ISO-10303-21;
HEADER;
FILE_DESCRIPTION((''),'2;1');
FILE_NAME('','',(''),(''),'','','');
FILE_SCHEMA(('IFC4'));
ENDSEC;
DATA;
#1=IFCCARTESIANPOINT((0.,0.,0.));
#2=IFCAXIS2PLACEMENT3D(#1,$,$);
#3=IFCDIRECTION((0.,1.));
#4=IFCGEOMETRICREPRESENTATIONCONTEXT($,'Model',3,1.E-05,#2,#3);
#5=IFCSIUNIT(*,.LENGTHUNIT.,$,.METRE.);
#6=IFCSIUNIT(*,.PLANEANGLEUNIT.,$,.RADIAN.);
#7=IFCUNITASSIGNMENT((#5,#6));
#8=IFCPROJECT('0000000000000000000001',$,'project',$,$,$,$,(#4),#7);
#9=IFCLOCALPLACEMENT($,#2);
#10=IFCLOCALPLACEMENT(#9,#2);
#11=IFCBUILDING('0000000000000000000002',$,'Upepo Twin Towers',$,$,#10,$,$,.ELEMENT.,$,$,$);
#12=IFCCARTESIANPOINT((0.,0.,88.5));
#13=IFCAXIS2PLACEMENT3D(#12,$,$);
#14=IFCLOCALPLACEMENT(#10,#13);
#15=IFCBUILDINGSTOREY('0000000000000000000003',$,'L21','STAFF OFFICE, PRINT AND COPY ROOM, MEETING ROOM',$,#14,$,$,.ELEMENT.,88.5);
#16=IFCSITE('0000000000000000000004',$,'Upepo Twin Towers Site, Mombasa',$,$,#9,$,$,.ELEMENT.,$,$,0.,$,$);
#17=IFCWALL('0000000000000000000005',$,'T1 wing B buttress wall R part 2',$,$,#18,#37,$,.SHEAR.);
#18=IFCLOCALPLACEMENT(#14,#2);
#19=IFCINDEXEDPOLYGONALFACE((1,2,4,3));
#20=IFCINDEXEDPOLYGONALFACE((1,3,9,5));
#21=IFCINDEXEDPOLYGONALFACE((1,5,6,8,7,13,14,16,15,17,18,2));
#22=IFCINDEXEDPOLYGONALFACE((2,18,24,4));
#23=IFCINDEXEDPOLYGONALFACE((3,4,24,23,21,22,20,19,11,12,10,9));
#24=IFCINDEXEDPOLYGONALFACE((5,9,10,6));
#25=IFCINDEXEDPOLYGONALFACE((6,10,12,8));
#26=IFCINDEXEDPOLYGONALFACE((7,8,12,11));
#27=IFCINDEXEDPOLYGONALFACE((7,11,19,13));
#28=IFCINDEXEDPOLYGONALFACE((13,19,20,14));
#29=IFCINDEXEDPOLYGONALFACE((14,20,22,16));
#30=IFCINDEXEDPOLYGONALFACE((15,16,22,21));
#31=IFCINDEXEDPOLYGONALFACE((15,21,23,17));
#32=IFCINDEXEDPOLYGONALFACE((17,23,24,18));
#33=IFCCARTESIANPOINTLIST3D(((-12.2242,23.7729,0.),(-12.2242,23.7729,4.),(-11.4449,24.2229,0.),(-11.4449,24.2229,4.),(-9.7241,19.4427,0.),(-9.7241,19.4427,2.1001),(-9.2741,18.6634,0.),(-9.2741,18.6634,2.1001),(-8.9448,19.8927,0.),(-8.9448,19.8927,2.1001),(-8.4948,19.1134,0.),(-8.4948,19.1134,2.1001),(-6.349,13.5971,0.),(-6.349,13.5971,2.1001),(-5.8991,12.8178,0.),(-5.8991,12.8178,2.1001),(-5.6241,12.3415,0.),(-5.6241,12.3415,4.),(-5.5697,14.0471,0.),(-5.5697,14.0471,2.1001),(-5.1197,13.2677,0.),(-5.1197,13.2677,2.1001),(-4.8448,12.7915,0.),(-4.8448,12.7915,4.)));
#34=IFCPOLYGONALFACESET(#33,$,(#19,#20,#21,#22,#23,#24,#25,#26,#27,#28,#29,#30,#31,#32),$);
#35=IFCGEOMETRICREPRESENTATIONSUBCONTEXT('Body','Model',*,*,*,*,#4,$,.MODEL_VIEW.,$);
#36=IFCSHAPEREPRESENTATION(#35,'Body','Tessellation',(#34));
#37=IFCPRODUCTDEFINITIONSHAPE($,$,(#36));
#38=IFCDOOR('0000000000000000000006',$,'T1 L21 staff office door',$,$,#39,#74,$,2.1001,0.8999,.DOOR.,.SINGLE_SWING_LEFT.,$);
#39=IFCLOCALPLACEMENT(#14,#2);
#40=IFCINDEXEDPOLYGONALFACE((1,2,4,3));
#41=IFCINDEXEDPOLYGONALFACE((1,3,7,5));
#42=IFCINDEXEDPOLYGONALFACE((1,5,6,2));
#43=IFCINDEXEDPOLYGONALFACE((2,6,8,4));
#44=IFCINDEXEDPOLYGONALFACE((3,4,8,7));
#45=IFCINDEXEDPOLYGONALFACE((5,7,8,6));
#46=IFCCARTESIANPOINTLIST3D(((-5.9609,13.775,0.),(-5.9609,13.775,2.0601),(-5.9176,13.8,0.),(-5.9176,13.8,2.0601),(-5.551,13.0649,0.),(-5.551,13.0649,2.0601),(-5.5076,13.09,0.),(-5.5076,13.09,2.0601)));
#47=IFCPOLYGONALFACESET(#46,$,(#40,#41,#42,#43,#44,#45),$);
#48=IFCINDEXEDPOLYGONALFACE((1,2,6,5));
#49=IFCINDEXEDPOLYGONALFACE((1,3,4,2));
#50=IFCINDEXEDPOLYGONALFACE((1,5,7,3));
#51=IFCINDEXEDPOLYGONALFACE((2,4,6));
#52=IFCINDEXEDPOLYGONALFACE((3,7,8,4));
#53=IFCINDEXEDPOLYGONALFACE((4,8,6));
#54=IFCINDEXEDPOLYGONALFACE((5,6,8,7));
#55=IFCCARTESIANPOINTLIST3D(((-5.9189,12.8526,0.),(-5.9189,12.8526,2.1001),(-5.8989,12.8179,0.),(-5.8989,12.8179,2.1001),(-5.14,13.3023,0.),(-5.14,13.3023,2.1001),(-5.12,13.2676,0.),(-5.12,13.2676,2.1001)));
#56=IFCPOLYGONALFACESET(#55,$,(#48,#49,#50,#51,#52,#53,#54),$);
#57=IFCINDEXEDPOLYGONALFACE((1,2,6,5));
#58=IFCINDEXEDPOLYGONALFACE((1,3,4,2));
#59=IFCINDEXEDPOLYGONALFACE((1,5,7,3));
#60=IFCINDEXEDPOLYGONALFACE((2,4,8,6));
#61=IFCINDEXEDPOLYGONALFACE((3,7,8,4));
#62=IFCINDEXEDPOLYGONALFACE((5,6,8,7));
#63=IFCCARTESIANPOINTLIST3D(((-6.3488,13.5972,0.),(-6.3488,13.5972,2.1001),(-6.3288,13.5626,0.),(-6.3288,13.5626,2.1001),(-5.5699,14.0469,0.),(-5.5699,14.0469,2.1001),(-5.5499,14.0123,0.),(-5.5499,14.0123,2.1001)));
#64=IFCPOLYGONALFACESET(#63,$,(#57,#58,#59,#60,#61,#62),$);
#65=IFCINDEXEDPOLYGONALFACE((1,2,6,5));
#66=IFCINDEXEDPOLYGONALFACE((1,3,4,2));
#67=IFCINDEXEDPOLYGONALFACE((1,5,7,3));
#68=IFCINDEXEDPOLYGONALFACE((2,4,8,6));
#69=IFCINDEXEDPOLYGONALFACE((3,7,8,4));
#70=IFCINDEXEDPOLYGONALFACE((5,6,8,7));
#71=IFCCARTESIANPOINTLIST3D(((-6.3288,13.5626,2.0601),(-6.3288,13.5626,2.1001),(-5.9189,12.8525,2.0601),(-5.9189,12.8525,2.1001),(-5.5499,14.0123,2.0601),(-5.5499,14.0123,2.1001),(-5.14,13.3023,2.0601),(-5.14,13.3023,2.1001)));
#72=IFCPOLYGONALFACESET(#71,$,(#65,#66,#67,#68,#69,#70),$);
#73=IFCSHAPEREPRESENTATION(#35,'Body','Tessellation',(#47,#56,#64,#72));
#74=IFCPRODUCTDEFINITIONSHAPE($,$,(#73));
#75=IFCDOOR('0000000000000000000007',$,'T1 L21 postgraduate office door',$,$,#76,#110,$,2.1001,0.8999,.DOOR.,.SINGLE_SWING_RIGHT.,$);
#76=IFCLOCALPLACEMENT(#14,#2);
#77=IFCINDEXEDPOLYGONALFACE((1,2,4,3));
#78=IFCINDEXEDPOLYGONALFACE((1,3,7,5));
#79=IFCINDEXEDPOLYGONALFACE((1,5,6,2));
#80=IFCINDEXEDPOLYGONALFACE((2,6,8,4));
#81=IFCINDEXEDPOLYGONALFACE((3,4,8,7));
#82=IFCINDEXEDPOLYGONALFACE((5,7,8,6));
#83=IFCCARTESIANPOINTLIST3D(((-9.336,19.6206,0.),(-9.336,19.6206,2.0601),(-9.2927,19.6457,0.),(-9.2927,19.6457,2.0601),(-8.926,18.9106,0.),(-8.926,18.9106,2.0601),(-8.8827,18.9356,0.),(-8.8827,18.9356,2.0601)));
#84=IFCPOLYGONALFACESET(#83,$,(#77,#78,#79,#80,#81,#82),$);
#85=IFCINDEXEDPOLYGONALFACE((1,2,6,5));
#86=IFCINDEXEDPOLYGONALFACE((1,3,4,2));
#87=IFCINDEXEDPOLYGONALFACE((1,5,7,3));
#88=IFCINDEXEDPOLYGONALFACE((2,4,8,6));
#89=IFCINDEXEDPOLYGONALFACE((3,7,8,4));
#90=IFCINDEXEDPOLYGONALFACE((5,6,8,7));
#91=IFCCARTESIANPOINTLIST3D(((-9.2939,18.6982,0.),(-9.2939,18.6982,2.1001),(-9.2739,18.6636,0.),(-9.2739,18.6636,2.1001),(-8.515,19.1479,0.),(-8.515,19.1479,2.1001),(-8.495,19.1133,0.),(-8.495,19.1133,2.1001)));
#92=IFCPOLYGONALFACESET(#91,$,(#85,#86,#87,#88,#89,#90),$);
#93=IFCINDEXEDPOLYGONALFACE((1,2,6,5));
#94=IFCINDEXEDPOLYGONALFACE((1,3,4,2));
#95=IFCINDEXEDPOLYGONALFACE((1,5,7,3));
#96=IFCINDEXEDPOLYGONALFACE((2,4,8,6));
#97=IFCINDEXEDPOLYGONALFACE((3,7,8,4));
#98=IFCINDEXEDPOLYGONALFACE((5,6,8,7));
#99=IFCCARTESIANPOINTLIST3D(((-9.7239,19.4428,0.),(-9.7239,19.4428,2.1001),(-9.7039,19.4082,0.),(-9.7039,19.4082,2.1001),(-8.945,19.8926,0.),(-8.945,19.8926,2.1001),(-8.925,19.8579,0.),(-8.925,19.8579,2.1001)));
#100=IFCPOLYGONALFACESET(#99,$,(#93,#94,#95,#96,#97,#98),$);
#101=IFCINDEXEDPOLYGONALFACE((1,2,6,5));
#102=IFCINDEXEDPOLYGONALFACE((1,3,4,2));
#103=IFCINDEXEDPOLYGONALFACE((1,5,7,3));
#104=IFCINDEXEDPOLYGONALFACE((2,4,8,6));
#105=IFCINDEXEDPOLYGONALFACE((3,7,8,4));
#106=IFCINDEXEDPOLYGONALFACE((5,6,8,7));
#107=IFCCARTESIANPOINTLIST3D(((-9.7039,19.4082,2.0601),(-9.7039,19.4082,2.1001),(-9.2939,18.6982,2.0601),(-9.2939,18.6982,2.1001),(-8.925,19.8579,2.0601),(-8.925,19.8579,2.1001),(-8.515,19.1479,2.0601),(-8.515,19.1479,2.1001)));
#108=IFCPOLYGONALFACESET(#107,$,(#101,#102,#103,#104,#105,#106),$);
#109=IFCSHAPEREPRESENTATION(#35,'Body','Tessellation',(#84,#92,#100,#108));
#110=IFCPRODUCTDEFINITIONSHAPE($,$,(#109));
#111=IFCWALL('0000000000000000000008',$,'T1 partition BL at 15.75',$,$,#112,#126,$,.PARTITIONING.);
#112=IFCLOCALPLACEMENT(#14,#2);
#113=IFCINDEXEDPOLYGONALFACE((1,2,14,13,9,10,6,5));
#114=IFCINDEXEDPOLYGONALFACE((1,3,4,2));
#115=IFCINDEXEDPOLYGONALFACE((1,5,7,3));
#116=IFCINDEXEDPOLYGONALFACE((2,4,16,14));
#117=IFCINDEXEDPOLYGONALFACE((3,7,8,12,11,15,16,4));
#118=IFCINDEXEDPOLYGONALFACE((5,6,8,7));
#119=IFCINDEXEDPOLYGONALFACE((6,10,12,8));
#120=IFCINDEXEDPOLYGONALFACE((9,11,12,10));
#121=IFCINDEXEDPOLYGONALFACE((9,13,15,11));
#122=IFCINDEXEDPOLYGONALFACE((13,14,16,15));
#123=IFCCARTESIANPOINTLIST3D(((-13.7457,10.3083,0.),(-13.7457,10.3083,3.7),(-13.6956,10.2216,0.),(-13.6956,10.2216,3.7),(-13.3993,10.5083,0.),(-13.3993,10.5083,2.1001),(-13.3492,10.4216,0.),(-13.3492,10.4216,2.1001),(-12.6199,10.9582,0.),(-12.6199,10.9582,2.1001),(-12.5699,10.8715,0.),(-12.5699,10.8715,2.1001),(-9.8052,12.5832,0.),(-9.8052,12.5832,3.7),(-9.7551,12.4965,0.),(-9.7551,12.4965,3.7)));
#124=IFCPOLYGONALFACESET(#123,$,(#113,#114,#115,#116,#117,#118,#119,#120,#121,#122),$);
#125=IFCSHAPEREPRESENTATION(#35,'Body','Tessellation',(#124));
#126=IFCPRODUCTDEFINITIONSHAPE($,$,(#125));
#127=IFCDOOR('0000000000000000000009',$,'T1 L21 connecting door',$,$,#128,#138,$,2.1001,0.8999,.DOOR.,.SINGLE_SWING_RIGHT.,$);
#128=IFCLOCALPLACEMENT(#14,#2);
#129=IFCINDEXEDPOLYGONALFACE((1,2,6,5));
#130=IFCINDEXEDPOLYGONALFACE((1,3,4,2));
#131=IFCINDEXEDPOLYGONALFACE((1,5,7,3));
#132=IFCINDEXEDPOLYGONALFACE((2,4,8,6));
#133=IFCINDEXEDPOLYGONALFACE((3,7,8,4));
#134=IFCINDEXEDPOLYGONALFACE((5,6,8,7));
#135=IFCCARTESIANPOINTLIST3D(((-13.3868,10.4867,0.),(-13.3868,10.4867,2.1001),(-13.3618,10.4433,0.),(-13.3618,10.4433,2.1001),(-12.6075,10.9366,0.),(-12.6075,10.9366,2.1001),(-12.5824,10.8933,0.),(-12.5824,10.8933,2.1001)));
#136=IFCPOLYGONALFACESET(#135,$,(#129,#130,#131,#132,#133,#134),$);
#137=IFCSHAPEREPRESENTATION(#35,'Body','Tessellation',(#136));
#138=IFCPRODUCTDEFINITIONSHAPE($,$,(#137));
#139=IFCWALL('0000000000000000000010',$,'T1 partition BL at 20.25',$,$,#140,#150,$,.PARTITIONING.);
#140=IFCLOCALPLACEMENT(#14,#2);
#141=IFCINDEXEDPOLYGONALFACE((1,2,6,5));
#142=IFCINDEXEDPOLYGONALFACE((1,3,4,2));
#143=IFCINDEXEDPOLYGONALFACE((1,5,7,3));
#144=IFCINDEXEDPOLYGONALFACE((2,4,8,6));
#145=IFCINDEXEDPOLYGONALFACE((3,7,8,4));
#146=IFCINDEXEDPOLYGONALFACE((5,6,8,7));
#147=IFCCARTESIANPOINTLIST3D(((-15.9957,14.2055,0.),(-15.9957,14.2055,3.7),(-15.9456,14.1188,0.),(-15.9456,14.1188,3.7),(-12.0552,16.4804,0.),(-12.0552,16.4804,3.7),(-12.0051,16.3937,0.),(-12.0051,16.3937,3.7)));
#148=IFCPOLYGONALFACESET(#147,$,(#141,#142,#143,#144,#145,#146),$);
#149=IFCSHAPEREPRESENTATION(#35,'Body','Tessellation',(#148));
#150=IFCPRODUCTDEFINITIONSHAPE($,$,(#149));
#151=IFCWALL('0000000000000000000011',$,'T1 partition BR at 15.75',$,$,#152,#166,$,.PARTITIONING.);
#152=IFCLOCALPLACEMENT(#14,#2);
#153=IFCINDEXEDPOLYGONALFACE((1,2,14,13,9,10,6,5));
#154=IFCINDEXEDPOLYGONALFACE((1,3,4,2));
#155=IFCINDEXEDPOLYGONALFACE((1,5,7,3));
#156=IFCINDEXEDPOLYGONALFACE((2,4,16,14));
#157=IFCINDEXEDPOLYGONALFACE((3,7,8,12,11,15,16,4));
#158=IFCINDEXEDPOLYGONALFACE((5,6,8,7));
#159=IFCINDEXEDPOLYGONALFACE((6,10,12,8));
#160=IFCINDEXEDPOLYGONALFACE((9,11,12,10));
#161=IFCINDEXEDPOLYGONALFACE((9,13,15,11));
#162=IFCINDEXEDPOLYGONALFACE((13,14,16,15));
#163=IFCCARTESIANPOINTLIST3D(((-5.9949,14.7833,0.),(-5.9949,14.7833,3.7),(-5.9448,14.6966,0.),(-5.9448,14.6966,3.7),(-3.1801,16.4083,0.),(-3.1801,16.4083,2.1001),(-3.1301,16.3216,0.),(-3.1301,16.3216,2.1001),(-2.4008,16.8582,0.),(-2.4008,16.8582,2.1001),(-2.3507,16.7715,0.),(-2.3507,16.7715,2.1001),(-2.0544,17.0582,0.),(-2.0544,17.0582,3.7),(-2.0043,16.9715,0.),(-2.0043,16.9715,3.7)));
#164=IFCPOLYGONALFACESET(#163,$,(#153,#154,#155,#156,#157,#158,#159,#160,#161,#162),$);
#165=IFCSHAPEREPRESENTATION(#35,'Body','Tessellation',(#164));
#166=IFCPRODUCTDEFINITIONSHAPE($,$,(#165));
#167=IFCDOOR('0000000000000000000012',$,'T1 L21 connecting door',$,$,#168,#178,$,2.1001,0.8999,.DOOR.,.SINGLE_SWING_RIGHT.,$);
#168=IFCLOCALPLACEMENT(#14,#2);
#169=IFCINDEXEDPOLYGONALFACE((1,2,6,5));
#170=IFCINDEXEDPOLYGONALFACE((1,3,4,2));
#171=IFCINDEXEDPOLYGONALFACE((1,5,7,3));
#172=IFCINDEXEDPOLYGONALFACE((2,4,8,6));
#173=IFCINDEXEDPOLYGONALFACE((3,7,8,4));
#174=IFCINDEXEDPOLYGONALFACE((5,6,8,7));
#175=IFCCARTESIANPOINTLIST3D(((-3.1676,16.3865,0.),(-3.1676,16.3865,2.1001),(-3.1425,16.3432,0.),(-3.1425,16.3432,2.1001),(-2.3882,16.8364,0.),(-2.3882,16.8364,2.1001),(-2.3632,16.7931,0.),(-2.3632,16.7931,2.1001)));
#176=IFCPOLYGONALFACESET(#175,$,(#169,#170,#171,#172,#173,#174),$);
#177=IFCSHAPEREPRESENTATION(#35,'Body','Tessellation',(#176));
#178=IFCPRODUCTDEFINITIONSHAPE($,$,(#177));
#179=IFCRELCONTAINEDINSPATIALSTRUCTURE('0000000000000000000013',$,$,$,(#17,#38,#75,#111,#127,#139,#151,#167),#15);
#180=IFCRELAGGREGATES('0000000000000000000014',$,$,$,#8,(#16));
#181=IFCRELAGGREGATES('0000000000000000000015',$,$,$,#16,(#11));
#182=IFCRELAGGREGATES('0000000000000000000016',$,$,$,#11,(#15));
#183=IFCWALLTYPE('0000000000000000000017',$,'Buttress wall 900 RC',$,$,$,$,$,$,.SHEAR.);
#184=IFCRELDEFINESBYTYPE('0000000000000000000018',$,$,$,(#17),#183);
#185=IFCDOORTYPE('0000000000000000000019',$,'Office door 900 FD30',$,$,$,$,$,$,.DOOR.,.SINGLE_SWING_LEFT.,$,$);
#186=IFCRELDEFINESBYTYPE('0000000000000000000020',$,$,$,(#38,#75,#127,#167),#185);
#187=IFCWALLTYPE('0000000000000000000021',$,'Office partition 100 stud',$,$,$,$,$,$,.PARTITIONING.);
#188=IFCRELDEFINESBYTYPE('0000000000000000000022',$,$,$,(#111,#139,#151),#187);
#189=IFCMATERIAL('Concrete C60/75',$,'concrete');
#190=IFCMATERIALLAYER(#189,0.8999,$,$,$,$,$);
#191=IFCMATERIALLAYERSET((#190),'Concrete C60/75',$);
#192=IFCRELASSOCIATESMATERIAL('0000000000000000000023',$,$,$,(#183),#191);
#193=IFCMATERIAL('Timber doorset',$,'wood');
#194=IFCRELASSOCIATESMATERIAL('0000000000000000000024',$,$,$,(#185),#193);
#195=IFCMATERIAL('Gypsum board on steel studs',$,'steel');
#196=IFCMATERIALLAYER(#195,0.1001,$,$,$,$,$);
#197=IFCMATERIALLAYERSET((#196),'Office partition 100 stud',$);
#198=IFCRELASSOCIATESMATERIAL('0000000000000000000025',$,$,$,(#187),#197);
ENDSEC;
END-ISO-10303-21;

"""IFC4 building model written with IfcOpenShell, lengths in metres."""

from ifc_helpers import new_model, si_unit, direction, frame, frame_2d, origin, place, context, subcontext, project, spatial, rectangle, extrude, material, layer, layer_set, type_object, element, fill, save


model = new_model("IFC4")

# Units and contexts
model_context = context("Model", 3, precision=1e-05, world=origin(), true_north=direction((0.0, 1.0)))
body_context = subcontext(model_context, "Body", "Model", "MODEL_VIEW")
ifc_project = project(units=[si_unit("LENGTHUNIT", "METRE"), si_unit("PLANEANGLEUNIT", "RADIAN")], contexts=[model_context])

# Site, building, storey
site_placement = place(None, origin())
site = spatial("IfcSite", under=ifc_project, at=site_placement, Name="Upepo Twin Towers Site, Mombasa", CompositionType="ELEMENT", RefElevation=0.0)
building_placement = place(site_placement, origin())
building = spatial("IfcBuilding", under=site, at=building_placement, Name="Upepo Twin Towers", CompositionType="ELEMENT")
storey_placement = place(building_placement, frame((0.0, 0.0, 88.5)))
storey = spatial("IfcBuildingStorey", under=building, at=storey_placement, Name="L21", Description="STAFF OFFICE, PRINT AND COPY ROOM, MEETING ROOM", CompositionType="ELEMENT", Elevation=88.5)

# Wall, openings, doors
ifc_material_1 = material(Name="Concrete C60/75", Category="concrete")
ifc_layer_1 = layer(ifc_material_1, 0.8999)
ifc_layer_set_1 = layer_set([ifc_layer_1], Name="Concrete C60/75")
wall_type_1 = type_object("IfcWallType", Name="Buttress wall 900 RC", PredefinedType="SHEAR", material=ifc_layer_set_1)
ifc_material_2 = material(Name="Timber doorset", Category="wood")
door_type = type_object("IfcDoorType", Name="Office door 900 FD30", OperationType="SINGLE_SWING_LEFT", PredefinedType="DOOR", material=ifc_material_2)
wall_1_placement = place(storey_placement, frame((-5.2344, 12.5664, 0.0), z_axis=(0.0, 0.0, 1.0), x_axis=(-0.50001, 0.86602, 0.0)))
wall_1 = element("IfcWall", 1, at=wall_1_placement, inside=storey, type_object=wall_type_1, Name="T1 wing B buttress wall R part 2", PredefinedType="SHEAR", context=body_context, shape_type="SweptSolid", body=[
    extrude(rectangle(XDim=13.2, YDim=0.8999, at=frame_2d((6.6001, 0.0))), origin(), (0.0, 0.0, 1.0), 4.0),
])
opening_1_placement = place(wall_1_placement, frame((0.55, 0.0, 0.0)))
opening_1 = element("IfcOpeningElement", 2, at=opening_1_placement, cuts=wall_1, PredefinedType="OPENING", context=body_context, shape_type="SweptSolid", body=[
    extrude(rectangle(XDim=0.8999, YDim=2.1001, at=frame_2d((0.45, 1.05))), frame((0.0, 0.46, 0.0), z_axis=(0.0, -1.0, 0.0), x_axis=(1.0, 0.0, 0.0)), (0.0, 0.0, 1.0), 0.9199),
])
opening_2_placement = place(wall_1_placement, frame((7.3, 0.0, 0.0)))
opening_2 = element("IfcOpeningElement", 3, at=opening_2_placement, cuts=wall_1, PredefinedType="OPENING", context=body_context, shape_type="SweptSolid", body=[
    extrude(rectangle(XDim=0.8999, YDim=2.1001, at=frame_2d((0.45, 1.05))), frame((0.0, 0.46, 0.0), z_axis=(0.0, -1.0, 0.0), x_axis=(1.0, 0.0, 0.0)), (0.0, 0.0, 1.0), 0.9199),
])
door_1_placement = place(opening_1_placement, origin())
door_1 = element("IfcDoor", 4, at=door_1_placement, inside=storey, type_object=door_type, Name="T1 L21 staff office door", OperationType="SINGLE_SWING_LEFT", OverallHeight=2.1001, OverallWidth=0.8999, PredefinedType="DOOR", context=body_context, shape_type="SweptSolid", body=[
    extrude(rectangle(XDim=0.8199, YDim=2.0601, at=frame_2d((0.45, 1.03))), frame((0.0, 0.0249, 0.0), z_axis=(0.0, -1.0, 0.0), x_axis=(1.0, 0.0, 0.0)), (0.0, 0.0, 1.0), 0.05),
    extrude(rectangle(XDim=0.04, YDim=2.1001, at=frame_2d((0.02, 1.05))), frame((0.0, 0.4497, 0.0), z_axis=(0.0, -1.0, 0.0), x_axis=(1.0, 0.0, 0.0)), (0.0, 0.0, 1.0), 0.8994),
    extrude(rectangle(XDim=0.04, YDim=2.1001, at=frame_2d((0.8799, 1.05))), frame((0.0, 0.4497, 0.0), z_axis=(0.0, -1.0, 0.0), x_axis=(1.0, 0.0, 0.0)), (0.0, 0.0, 1.0), 0.8994),
    extrude(rectangle(XDim=0.8199, YDim=0.04, at=frame_2d((0.45, 2.0801))), frame((0.0, 0.4497, 0.0), z_axis=(0.0, -1.0, 0.0), x_axis=(1.0, 0.0, 0.0)), (0.0, 0.0, 1.0), 0.8994),
])
fill(opening_1, door_1)
door_2_placement = place(opening_2_placement, origin())
door_2 = element("IfcDoor", 5, at=door_2_placement, inside=storey, type_object=door_type, Name="T1 L21 postgraduate office door", OperationType="SINGLE_SWING_RIGHT", OverallHeight=2.1001, OverallWidth=0.8999, PredefinedType="DOOR", context=body_context, shape_type="SweptSolid", body=[
    extrude(rectangle(XDim=0.8199, YDim=2.0601, at=frame_2d((0.45, 1.03))), frame((0.0, 0.0249, 0.0), z_axis=(0.0, -1.0, 0.0), x_axis=(1.0, 0.0, 0.0)), (0.0, 0.0, 1.0), 0.05),
    extrude(rectangle(XDim=0.04, YDim=2.1001, at=frame_2d((0.02, 1.05))), frame((0.0, 0.4497, 0.0), z_axis=(0.0, -1.0, 0.0), x_axis=(1.0, 0.0, 0.0)), (0.0, 0.0, 1.0), 0.8994),
    extrude(rectangle(XDim=0.04, YDim=2.1001, at=frame_2d((0.8799, 1.05))), frame((0.0, 0.4497, 0.0), z_axis=(0.0, -1.0, 0.0), x_axis=(1.0, 0.0, 0.0)), (0.0, 0.0, 1.0), 0.8994),
    extrude(rectangle(XDim=0.8199, YDim=0.04, at=frame_2d((0.45, 2.0801))), frame((0.0, 0.4497, 0.0), z_axis=(0.0, -1.0, 0.0), x_axis=(1.0, 0.0, 0.0)), (0.0, 0.0, 1.0), 0.8994),
])
fill(opening_2, door_2)

# Wall, opening, door
ifc_material_3 = material(Name="Gypsum board on steel studs", Category="steel")
ifc_layer_2 = layer(ifc_material_3, 0.1001)
ifc_layer_set_2 = layer_set([ifc_layer_2], Name="Office partition 100 stud")
wall_type_2 = type_object("IfcWallType", Name="Office partition 100 stud", PredefinedType="PARTITIONING", material=ifc_layer_set_2)
wall_2_placement = place(storey_placement, frame((-9.7803, 12.5398, 0.0), z_axis=(0.0, 0.0, 1.0), x_axis=(-0.866035, -0.499983, 0.0)))
wall_2 = element("IfcWall", 6, at=wall_2_placement, inside=storey, type_object=wall_type_2, Name="T1 partition BL at 15.75", PredefinedType="PARTITIONING", context=body_context, shape_type="SweptSolid", body=[
    extrude(rectangle(XDim=4.55, YDim=0.1001, at=frame_2d((2.2749, 0.0))), origin(), (0.0, 0.0, 1.0), 3.7),
])
opening_3_placement = place(wall_2_placement, frame((3.25, 0.0, 0.0)))
opening_3 = element("IfcOpeningElement", 7, at=opening_3_placement, cuts=wall_2, PredefinedType="OPENING", context=body_context, shape_type="SweptSolid", body=[
    extrude(rectangle(XDim=0.8999, YDim=2.1001, at=frame_2d((0.45, 1.05))), frame((0.0, 0.0601, 0.0), z_axis=(0.0, -1.0, 0.0), x_axis=(1.0, 0.0, 0.0)), (0.0, 0.0, 1.0), 0.1201),
])
door_3_placement = place(opening_3_placement, origin())
door_3 = element("IfcDoor", 8, at=door_3_placement, inside=storey, type_object=door_type, Name="T1 L21 connecting door", OperationType="SINGLE_SWING_RIGHT", OverallHeight=2.1001, OverallWidth=0.8999, PredefinedType="DOOR", context=body_context, shape_type="SweptSolid", body=[
    extrude(rectangle(XDim=0.8999, YDim=2.1001, at=frame_2d((0.45, 1.05))), frame((0.0, 0.0249, 0.0), z_axis=(0.0, -1.0, 0.0), x_axis=(1.0, 0.0, 0.0)), (0.0, 0.0, 1.0), 0.05),
])
fill(opening_3, door_3)

# Wall
wall_3_placement = place(storey_placement, frame((-12.0303, 16.437, 0.0), z_axis=(0.0, 0.0, 1.0), x_axis=(-0.866035, -0.499983, 0.0)))
element("IfcWall", 9, at=wall_3_placement, inside=storey, type_object=wall_type_2, Name="T1 partition BL at 20.25", PredefinedType="PARTITIONING", context=body_context, shape_type="SweptSolid", body=[
    extrude(rectangle(XDim=4.55, YDim=0.1001, at=frame_2d((2.2749, 0.0))), origin(), (0.0, 0.0, 1.0), 3.7),
])

# Wall, opening, door
wall_4_placement = place(storey_placement, frame((-5.9697, 14.74, 0.0), z_axis=(0.0, 0.0, 1.0), x_axis=(0.866035, 0.499983, 0.0)))
wall_4 = element("IfcWall", 10, at=wall_4_placement, inside=storey, type_object=wall_type_2, Name="T1 partition BR at 15.75", PredefinedType="PARTITIONING", context=body_context, shape_type="SweptSolid", body=[
    extrude(rectangle(XDim=4.55, YDim=0.1001, at=frame_2d((2.2749, 0.0))), origin(), (0.0, 0.0, 1.0), 3.7),
])
opening_4_placement = place(wall_4_placement, frame((3.25, 0.0, 0.0)))
opening_4 = element("IfcOpeningElement", 11, at=opening_4_placement, cuts=wall_4, PredefinedType="OPENING", context=body_context, shape_type="SweptSolid", body=[
    extrude(rectangle(XDim=0.8999, YDim=2.1001, at=frame_2d((0.45, 1.05))), frame((0.0, 0.0601, 0.0), z_axis=(0.0, -1.0, 0.0), x_axis=(1.0, 0.0, 0.0)), (0.0, 0.0, 1.0), 0.1201),
])
door_4_placement = place(opening_4_placement, origin())
door_4 = element("IfcDoor", 12, at=door_4_placement, inside=storey, type_object=door_type, Name="T1 L21 connecting door", OperationType="SINGLE_SWING_RIGHT", OverallHeight=2.1001, OverallWidth=0.8999, PredefinedType="DOOR", context=body_context, shape_type="SweptSolid", body=[
    extrude(rectangle(XDim=0.8999, YDim=2.1001, at=frame_2d((0.45, 1.05))), frame((0.0, 0.0249, 0.0), z_axis=(0.0, -1.0, 0.0), x_axis=(1.0, 0.0, 0.0)), (0.0, 0.0, 1.0), 0.05),
])
fill(opening_4, door_4)

save(model, "model.ifc")
